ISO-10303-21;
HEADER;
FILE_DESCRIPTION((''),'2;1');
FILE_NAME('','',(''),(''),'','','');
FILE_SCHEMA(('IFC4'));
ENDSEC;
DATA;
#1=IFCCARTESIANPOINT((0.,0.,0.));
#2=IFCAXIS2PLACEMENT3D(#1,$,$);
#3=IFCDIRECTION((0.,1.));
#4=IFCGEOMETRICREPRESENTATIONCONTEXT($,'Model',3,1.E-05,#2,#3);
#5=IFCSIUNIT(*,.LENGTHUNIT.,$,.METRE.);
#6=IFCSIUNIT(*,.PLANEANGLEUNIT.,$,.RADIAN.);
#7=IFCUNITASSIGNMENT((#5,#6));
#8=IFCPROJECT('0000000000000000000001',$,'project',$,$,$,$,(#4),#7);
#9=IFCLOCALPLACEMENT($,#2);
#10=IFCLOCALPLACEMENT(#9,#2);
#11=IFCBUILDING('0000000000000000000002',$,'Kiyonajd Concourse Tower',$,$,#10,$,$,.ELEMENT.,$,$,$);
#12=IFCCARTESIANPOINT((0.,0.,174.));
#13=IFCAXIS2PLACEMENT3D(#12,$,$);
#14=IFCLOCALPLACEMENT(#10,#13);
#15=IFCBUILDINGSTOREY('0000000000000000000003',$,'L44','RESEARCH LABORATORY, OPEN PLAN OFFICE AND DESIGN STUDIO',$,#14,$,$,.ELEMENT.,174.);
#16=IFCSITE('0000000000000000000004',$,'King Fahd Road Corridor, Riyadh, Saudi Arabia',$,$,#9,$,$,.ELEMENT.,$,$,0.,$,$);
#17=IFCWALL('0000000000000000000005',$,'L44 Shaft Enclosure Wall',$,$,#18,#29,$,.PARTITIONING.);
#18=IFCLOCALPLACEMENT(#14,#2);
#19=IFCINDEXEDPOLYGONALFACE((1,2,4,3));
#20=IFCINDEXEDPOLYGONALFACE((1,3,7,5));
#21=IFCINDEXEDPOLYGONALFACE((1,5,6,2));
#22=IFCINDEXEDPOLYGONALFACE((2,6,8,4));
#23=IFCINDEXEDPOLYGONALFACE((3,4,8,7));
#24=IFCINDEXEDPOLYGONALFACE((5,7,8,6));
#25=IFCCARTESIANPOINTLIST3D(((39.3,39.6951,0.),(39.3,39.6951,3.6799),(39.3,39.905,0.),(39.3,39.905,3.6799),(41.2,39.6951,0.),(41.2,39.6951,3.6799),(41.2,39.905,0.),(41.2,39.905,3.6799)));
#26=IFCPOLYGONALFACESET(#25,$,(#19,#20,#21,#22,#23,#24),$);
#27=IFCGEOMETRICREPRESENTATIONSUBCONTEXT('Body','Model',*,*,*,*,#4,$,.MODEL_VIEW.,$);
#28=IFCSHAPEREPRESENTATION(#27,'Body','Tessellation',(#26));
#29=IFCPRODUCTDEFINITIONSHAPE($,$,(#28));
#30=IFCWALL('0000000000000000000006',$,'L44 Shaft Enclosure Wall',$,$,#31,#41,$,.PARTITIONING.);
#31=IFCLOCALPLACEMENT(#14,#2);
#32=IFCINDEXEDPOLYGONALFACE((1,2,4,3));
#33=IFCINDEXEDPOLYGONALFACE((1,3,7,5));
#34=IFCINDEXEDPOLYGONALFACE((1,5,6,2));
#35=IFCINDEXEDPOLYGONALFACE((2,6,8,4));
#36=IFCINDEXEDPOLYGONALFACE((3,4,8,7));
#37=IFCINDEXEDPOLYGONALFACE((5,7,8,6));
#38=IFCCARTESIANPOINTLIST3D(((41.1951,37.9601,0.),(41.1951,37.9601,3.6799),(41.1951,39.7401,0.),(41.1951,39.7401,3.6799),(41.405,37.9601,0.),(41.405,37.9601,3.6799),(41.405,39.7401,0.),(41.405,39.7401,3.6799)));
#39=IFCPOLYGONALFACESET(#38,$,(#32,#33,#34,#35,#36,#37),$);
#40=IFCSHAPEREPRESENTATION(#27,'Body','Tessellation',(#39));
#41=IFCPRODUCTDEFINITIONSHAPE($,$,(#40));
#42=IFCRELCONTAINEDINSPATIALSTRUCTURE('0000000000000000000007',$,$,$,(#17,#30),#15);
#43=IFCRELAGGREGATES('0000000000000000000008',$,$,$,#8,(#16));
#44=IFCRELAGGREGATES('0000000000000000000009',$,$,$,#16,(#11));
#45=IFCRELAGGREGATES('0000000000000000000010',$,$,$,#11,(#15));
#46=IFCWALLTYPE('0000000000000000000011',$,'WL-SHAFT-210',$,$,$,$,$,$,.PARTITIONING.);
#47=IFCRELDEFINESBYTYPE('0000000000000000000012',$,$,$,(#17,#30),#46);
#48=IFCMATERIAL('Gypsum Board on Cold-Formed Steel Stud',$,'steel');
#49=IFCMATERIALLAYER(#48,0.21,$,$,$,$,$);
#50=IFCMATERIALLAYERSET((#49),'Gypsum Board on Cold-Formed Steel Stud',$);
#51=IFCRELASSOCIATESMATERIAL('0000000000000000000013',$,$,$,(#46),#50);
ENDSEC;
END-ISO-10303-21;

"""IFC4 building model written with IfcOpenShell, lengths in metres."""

from ifc_helpers import new_model, si_unit, direction, frame, frame_2d, origin, place, context, subcontext, project, spatial, rectangle, extrude, material, layer, layer_set, type_object, element, save


model = new_model("IFC4")

# Units and contexts
model_context = context("Model", 3, precision=1e-05, world=origin(), true_north=direction((0.0, 1.0)))
body_context = subcontext(model_context, "Body", "Model", "MODEL_VIEW")
ifc_project = project(units=[si_unit("LENGTHUNIT", "METRE"), si_unit("PLANEANGLEUNIT", "RADIAN")], contexts=[model_context])

# Site, building, storey
site_placement = place(None, origin())
site = spatial("IfcSite", under=ifc_project, at=site_placement, Name="King Fahd Road Corridor, Riyadh, Saudi Arabia", CompositionType="ELEMENT", RefElevation=0.0)
building_placement = place(site_placement, origin())
building = spatial("IfcBuilding", under=site, at=building_placement, Name="Kiyonajd Concourse Tower", CompositionType="ELEMENT")
storey_placement = place(building_placement, frame((0.0, 0.0, 174.0)))
storey = spatial("IfcBuildingStorey", under=building, at=storey_placement, Name="L44", Description="RESEARCH LABORATORY, OPEN PLAN OFFICE AND DESIGN STUDIO", CompositionType="ELEMENT", Elevation=174.0)

# Shared definitions
ifc_material_1 = material(Name="Gypsum Board on Cold-Formed Steel Stud", Category="steel")

# Shared definitions
ifc_layer_1 = layer(ifc_material_1, 0.21)
ifc_layer_set_1 = layer_set([ifc_layer_1], Name="Gypsum Board on Cold-Formed Steel Stud")
wall_type_1 = type_object("IfcWallType", Name="WL-SHAFT-210", PredefinedType="PARTITIONING", material=ifc_layer_set_1)

# Walls
for number, where, z_axis, x_axis, name in (
    (1, (39.3, 39.8, 0.0), (0.0, 0.0, 1.0), (1.0, 0.0, 0.0), "L44 Shaft Enclosure Wall"),
):
    element("IfcWall", number, at=place(storey_placement, frame(where, z_axis=z_axis, x_axis=x_axis)), inside=storey, type_object=wall_type_1, Name=name, PredefinedType="PARTITIONING", context=body_context, shape_type="SweptSolid", body=[
        extrude(rectangle(XDim=1.8999, YDim=0.21, at=frame_2d((0.95, 0.0))), origin(), (0.0, 0.0, 1.0), 3.6799),
    ])
wall_1_placement = place(storey_placement, frame((41.3, 37.96, 0.0), z_axis=(0.0, 0.0, 1.0), x_axis=(0.0, 1.0, 0.0)))
element("IfcWall", 2, at=wall_1_placement, inside=storey, type_object=wall_type_1, Name="L44 Shaft Enclosure Wall", PredefinedType="PARTITIONING", context=body_context, shape_type="SweptSolid", body=[
    extrude(rectangle(XDim=1.78, YDim=0.21, at=frame_2d((0.8901, 0.0))), origin(), (0.0, 0.0, 1.0), 3.6799),
])

save(model, "model.ifc")
